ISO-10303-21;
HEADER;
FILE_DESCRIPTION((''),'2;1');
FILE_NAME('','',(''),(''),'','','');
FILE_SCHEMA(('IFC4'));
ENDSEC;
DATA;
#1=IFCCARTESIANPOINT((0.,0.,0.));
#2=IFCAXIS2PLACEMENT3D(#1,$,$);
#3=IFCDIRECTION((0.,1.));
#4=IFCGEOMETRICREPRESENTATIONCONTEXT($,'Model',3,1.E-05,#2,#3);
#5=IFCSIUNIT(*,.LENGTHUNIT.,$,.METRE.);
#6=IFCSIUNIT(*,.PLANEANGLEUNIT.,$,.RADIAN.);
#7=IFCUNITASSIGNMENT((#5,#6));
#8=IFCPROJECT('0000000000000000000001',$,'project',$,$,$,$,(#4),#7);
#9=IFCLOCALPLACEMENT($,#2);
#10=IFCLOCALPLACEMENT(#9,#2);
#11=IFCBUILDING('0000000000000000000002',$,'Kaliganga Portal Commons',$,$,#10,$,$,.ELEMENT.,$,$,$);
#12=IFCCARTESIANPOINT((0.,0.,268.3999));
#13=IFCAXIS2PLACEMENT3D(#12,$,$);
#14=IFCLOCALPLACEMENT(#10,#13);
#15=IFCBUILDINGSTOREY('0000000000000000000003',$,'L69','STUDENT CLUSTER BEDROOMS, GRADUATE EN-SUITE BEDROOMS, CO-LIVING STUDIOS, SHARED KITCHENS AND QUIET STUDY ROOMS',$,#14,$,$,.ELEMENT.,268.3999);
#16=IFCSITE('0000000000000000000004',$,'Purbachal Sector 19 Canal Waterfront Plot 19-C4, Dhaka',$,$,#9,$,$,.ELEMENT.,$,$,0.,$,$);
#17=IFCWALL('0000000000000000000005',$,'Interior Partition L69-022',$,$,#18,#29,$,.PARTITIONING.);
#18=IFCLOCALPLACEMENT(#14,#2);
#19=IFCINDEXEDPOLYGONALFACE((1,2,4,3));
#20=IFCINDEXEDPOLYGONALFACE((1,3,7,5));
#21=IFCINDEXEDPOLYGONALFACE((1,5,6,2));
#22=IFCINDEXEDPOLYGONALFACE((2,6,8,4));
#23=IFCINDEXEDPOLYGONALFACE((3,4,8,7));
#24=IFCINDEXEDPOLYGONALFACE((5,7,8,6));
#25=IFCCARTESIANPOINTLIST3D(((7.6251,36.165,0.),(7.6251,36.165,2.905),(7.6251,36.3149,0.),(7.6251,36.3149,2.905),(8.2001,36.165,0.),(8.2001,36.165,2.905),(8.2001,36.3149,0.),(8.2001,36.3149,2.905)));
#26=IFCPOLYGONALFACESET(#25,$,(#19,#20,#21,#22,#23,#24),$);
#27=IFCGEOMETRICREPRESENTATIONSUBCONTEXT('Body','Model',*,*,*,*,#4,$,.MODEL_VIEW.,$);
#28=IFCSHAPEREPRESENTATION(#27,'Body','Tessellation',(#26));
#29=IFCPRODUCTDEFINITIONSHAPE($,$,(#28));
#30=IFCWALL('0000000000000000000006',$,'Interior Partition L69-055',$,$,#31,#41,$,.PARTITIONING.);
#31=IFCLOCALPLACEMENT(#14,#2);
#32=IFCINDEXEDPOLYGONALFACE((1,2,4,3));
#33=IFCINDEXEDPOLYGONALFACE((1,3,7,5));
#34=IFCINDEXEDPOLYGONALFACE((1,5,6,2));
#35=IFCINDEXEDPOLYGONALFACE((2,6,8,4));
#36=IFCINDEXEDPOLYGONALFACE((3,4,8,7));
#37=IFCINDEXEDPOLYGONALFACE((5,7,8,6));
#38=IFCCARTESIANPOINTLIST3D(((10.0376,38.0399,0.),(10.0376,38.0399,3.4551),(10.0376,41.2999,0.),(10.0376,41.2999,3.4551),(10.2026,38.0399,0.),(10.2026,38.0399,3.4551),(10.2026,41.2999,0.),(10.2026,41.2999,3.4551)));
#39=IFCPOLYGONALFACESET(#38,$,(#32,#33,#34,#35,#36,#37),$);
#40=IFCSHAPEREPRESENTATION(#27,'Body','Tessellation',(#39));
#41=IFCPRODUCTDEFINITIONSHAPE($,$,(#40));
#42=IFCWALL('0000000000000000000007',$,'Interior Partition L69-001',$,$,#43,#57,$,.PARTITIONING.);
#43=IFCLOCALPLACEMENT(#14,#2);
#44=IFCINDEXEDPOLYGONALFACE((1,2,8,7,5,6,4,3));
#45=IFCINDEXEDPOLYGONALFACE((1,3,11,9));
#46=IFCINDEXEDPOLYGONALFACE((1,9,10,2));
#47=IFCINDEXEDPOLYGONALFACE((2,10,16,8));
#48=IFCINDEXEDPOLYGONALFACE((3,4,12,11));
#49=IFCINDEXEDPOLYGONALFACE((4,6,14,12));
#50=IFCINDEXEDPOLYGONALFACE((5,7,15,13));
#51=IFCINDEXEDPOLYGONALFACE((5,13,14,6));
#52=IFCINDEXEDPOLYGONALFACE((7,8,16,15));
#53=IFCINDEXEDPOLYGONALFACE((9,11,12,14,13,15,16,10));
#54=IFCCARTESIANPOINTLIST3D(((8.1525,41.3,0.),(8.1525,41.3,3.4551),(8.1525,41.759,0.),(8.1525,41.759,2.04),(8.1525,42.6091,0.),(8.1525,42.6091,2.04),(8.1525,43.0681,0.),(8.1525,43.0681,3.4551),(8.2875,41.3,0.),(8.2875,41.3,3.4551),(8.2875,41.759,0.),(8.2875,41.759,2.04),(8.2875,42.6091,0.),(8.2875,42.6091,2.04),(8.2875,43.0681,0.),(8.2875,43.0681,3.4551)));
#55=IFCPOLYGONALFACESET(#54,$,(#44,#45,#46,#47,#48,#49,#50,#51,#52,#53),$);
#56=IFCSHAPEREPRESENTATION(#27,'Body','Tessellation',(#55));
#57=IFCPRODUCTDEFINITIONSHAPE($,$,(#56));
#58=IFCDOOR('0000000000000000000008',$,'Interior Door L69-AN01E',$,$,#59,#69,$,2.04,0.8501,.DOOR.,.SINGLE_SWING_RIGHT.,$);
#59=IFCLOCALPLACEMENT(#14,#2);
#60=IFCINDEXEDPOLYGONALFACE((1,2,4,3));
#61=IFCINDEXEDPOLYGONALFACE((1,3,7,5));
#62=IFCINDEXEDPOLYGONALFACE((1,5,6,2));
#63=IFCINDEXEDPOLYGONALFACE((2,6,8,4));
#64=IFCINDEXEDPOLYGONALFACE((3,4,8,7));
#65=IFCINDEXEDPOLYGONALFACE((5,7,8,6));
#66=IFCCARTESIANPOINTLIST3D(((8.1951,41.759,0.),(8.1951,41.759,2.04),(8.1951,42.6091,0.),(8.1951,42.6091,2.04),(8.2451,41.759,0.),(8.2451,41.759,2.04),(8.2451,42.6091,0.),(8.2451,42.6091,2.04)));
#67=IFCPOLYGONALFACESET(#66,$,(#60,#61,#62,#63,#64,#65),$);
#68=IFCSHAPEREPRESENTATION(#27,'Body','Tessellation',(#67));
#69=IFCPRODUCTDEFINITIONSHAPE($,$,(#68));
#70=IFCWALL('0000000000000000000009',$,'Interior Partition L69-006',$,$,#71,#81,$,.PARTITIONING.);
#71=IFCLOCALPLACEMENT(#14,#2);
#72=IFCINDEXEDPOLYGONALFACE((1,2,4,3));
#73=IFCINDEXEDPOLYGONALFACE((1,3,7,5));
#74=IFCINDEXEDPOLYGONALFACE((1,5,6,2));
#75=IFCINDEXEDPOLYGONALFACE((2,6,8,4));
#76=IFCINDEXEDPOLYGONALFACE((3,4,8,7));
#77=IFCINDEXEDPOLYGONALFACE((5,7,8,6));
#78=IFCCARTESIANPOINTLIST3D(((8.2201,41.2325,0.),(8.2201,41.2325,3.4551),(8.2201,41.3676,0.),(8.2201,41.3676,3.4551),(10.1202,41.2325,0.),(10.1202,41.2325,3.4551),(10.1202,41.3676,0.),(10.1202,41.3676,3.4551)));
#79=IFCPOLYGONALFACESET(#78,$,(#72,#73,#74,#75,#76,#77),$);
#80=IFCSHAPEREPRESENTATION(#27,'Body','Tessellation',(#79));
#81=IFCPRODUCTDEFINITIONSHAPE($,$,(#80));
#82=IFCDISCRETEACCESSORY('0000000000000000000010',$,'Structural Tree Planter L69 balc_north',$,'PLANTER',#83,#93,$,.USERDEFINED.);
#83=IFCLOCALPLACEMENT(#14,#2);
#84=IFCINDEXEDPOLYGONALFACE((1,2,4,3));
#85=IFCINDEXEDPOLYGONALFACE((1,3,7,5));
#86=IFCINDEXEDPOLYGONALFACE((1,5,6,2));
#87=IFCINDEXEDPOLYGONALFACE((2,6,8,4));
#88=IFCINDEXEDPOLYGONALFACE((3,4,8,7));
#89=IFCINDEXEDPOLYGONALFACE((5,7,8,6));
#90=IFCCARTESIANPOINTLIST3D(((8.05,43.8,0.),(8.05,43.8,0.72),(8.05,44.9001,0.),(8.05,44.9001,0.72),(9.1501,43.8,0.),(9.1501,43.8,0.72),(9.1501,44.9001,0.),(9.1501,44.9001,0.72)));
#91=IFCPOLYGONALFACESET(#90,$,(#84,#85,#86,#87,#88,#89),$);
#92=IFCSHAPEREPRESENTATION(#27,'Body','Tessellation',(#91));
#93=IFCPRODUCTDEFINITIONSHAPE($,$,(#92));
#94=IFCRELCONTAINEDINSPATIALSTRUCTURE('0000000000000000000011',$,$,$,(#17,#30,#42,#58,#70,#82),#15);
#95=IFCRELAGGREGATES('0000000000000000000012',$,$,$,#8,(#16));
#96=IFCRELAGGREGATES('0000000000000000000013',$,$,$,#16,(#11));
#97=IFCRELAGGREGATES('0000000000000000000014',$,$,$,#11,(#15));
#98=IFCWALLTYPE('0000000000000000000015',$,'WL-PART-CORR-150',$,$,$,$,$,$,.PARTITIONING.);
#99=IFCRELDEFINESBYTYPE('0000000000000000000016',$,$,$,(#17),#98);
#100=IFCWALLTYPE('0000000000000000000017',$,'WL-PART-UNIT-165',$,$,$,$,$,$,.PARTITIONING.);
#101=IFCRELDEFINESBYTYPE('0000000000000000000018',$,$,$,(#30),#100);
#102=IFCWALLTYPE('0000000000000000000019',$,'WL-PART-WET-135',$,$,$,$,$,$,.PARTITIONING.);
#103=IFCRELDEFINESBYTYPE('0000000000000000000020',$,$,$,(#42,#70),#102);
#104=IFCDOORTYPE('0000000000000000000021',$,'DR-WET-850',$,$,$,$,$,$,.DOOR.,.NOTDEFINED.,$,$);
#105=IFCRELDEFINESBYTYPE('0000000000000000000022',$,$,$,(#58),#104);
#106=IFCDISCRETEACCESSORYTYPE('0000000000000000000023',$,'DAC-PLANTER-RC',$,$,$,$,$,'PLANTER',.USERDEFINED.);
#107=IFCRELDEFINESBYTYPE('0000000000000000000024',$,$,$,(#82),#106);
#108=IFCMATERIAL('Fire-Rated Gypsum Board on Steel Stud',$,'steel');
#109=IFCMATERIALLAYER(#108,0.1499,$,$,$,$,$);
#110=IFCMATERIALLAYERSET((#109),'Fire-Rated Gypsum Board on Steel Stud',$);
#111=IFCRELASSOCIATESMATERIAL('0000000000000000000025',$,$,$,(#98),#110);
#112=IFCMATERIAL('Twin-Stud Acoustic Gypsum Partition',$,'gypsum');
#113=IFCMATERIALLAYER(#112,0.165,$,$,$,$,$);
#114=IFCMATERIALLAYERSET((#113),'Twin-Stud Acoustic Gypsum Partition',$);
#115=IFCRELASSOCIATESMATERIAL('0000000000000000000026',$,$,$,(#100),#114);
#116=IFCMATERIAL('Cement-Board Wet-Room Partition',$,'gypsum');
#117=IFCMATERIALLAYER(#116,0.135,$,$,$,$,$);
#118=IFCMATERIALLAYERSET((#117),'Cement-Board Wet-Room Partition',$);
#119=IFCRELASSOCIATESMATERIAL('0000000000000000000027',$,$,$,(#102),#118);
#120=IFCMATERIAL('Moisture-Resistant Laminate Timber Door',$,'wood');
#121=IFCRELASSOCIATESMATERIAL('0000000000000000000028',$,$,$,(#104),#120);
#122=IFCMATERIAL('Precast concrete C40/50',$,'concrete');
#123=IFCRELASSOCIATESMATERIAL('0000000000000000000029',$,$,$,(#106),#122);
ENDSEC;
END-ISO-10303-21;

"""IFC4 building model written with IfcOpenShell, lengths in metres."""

from ifc_helpers import new_model, si_unit, direction, frame, frame_2d, origin, origin_2d, place, context, subcontext, project, spatial, rectangle, extrude, source, transform, mapped, material, layer, layer_set, type_object, element, fill, save


model = new_model("IFC4")

# Units and contexts
model_context = context("Model", 3, precision=1e-05, world=origin(), true_north=direction((0.0, 1.0)))
body_context = subcontext(model_context, "Body", "Model", "MODEL_VIEW")
ifc_project = project(units=[si_unit("LENGTHUNIT", "METRE"), si_unit("PLANEANGLEUNIT", "RADIAN")], contexts=[model_context])

# Site, building, storey
site_placement = place(None, origin())
site = spatial("IfcSite", under=ifc_project, at=site_placement, Name="Purbachal Sector 19 Canal Waterfront Plot 19-C4, Dhaka", CompositionType="ELEMENT", RefElevation=0.0)
building_placement = place(site_placement, origin())
building = spatial("IfcBuilding", under=site, at=building_placement, Name="Kaliganga Portal Commons", CompositionType="ELEMENT")
storey_placement = place(building_placement, frame((0.0, 0.0, 268.3999)))
storey = spatial("IfcBuildingStorey", under=building, at=storey_placement, Name="L69", Description="STUDENT CLUSTER BEDROOMS, GRADUATE EN-SUITE BEDROOMS, CO-LIVING STUDIOS, SHARED KITCHENS AND QUIET STUDY ROOMS", CompositionType="ELEMENT", Elevation=268.3999)

# Shared definitions
ifc_material_1 = material(Name="Fire-Rated Gypsum Board on Steel Stud", Category="steel")
ifc_layer_1 = layer(ifc_material_1, 0.1499)
ifc_layer_set_1 = layer_set([ifc_layer_1], Name="Fire-Rated Gypsum Board on Steel Stud")
wall_type_1 = type_object("IfcWallType", Name="WL-PART-CORR-150", PredefinedType="PARTITIONING", material=ifc_layer_set_1)

# Walls
wall_1_placement = place(storey_placement, frame((7.625, 36.24, 0.0), z_axis=(0.0, 0.0, 1.0), x_axis=(1.0, 0.0, 0.0)))
element("IfcWall", 1, at=wall_1_placement, inside=storey, type_object=wall_type_1, Name="Interior Partition L69-022", PredefinedType="PARTITIONING", context=body_context, shape_type="SweptSolid", body=[
    extrude(rectangle(XDim=0.575, YDim=0.1499, at=frame_2d((0.2876, 0.0))), origin(), (0.0, 0.0, 1.0), 2.905),
])
ifc_material_2 = material(Name="Twin-Stud Acoustic Gypsum Partition", Category="gypsum")
ifc_layer_2 = layer(ifc_material_2, 0.165)
ifc_layer_set_2 = layer_set([ifc_layer_2], Name="Twin-Stud Acoustic Gypsum Partition")
wall_type_2 = type_object("IfcWallType", Name="WL-PART-UNIT-165", PredefinedType="PARTITIONING", material=ifc_layer_set_2)
wall_2_placement = place(storey_placement, frame((10.1201, 38.04, 0.0), z_axis=(0.0, 0.0, 1.0), x_axis=(0.0, 1.0, 0.0)))
element("IfcWall", 2, at=wall_2_placement, inside=storey, type_object=wall_type_2, Name="Interior Partition L69-055", PredefinedType="PARTITIONING", context=body_context, shape_type="SweptSolid", body=[
    extrude(rectangle(XDim=3.26, YDim=0.165, at=frame_2d((1.6299, 0.0))), origin(), (0.0, 0.0, 1.0), 3.4551),
])

# Wall, opening, door
ifc_material_3 = material(Name="Cement-Board Wet-Room Partition", Category="gypsum")
ifc_layer_3 = layer(ifc_material_3, 0.135)
ifc_layer_set_3 = layer_set([ifc_layer_3], Name="Cement-Board Wet-Room Partition")
wall_type_3 = type_object("IfcWallType", Name="WL-PART-WET-135", PredefinedType="PARTITIONING", material=ifc_layer_set_3)
wall_3_placement = place(storey_placement, frame((8.22, 41.3, 0.0), z_axis=(0.0, 0.0, 1.0), x_axis=(0.0, 1.0, 0.0)))
wall_3 = element("IfcWall", 3, at=wall_3_placement, inside=storey, type_object=wall_type_3, Name="Interior Partition L69-001", PredefinedType="PARTITIONING", context=body_context, shape_type="SweptSolid", body=[
    extrude(rectangle(XDim=1.7681, YDim=0.135, at=frame_2d((0.884, 0.0))), origin(), (0.0, 0.0, 1.0), 3.4551),
])
opening_1_placement = place(wall_3_placement, frame((0.459, 0.0, 0.0)))
opening_1 = element("IfcOpeningElement", 4, at=opening_1_placement, cuts=wall_3, PredefinedType="OPENING", context=body_context, shape_type="SweptSolid", body=[
    extrude(rectangle(XDim=0.8501, YDim=2.04, at=frame_2d((0.425, 1.02))), frame((0.0, 0.0776, 0.0), z_axis=(0.0, -1.0, 0.0), x_axis=(1.0, 0.0, 0.0)), (0.0, 0.0, 1.0), 0.155),
])
ifc_material_4 = material(Name="Moisture-Resistant Laminate Timber Door", Category="wood")
door_type_1 = type_object("IfcDoorType", Name="DR-WET-850", OperationType="NOTDEFINED", PredefinedType="DOOR", material=ifc_material_4)
door_1_placement = place(opening_1_placement, origin())
door_1 = element("IfcDoor", 5, at=door_1_placement, inside=storey, type_object=door_type_1, Name="Interior Door L69-AN01E", OperationType="SINGLE_SWING_RIGHT", OverallHeight=2.04, OverallWidth=0.8501, PredefinedType="DOOR", context=body_context, shape_type="SweptSolid", body=[
    extrude(rectangle(XDim=0.8501, YDim=2.04, at=frame_2d((0.425, 1.02))), frame((0.0, 0.0249, 0.0), z_axis=(0.0, -1.0, 0.0), x_axis=(1.0, 0.0, 0.0)), (0.0, 0.0, 1.0), 0.05),
])
fill(opening_1, door_1)

# Wall
wall_4_placement = place(storey_placement, frame((8.22, 41.3, 0.0), z_axis=(0.0, 0.0, 1.0), x_axis=(1.0, 0.0, 0.0)))
element("IfcWall", 6, at=wall_4_placement, inside=storey, type_object=wall_type_3, Name="Interior Partition L69-006", PredefinedType="PARTITIONING", context=body_context, shape_type="SweptSolid", body=[
    extrude(rectangle(XDim=1.9001, YDim=0.135, at=frame_2d((0.9502, 0.0))), origin(), (0.0, 0.0, 1.0), 3.4551),
])

# Discrete accessory
ifc_material_5 = material(Name="Precast concrete C40/50", Category="concrete")
discrete_accessory_type = type_object("IfcDiscreteAccessoryType", Name="DAC-PLANTER-RC", ElementType="PLANTER", PredefinedType="USERDEFINED", material=ifc_material_5)
shared_shape_1 = source(origin(), body_context, "Body", "SweptSolid", [
    extrude(rectangle(XDim=1.1001, YDim=1.1001, at=origin_2d()), origin(), (0.0, 0.0, 1.0), 0.72),
])
discrete_accessory_placement = place(storey_placement, frame((8.6001, 44.3501, 0.0), z_axis=(0.0, 0.0, 1.0), x_axis=(1.0, 0.0, 0.0)))
element("IfcDiscreteAccessory", 7, at=discrete_accessory_placement, inside=storey, type_object=discrete_accessory_type, Name="Structural Tree Planter L69 balc_north", ObjectType="PLANTER", PredefinedType="USERDEFINED", context=body_context, shape_type="MappedRepresentation", body=[
    mapped(shared_shape_1, transform((0.0, 0.0, 0.0), x_axis=(1.0, 0.0, 0.0), y_axis=(0.0, 1.0, 0.0), z_axis=(0.0, 0.0, 1.0), scale=1.0)),
])

save(model, "model.ifc")
